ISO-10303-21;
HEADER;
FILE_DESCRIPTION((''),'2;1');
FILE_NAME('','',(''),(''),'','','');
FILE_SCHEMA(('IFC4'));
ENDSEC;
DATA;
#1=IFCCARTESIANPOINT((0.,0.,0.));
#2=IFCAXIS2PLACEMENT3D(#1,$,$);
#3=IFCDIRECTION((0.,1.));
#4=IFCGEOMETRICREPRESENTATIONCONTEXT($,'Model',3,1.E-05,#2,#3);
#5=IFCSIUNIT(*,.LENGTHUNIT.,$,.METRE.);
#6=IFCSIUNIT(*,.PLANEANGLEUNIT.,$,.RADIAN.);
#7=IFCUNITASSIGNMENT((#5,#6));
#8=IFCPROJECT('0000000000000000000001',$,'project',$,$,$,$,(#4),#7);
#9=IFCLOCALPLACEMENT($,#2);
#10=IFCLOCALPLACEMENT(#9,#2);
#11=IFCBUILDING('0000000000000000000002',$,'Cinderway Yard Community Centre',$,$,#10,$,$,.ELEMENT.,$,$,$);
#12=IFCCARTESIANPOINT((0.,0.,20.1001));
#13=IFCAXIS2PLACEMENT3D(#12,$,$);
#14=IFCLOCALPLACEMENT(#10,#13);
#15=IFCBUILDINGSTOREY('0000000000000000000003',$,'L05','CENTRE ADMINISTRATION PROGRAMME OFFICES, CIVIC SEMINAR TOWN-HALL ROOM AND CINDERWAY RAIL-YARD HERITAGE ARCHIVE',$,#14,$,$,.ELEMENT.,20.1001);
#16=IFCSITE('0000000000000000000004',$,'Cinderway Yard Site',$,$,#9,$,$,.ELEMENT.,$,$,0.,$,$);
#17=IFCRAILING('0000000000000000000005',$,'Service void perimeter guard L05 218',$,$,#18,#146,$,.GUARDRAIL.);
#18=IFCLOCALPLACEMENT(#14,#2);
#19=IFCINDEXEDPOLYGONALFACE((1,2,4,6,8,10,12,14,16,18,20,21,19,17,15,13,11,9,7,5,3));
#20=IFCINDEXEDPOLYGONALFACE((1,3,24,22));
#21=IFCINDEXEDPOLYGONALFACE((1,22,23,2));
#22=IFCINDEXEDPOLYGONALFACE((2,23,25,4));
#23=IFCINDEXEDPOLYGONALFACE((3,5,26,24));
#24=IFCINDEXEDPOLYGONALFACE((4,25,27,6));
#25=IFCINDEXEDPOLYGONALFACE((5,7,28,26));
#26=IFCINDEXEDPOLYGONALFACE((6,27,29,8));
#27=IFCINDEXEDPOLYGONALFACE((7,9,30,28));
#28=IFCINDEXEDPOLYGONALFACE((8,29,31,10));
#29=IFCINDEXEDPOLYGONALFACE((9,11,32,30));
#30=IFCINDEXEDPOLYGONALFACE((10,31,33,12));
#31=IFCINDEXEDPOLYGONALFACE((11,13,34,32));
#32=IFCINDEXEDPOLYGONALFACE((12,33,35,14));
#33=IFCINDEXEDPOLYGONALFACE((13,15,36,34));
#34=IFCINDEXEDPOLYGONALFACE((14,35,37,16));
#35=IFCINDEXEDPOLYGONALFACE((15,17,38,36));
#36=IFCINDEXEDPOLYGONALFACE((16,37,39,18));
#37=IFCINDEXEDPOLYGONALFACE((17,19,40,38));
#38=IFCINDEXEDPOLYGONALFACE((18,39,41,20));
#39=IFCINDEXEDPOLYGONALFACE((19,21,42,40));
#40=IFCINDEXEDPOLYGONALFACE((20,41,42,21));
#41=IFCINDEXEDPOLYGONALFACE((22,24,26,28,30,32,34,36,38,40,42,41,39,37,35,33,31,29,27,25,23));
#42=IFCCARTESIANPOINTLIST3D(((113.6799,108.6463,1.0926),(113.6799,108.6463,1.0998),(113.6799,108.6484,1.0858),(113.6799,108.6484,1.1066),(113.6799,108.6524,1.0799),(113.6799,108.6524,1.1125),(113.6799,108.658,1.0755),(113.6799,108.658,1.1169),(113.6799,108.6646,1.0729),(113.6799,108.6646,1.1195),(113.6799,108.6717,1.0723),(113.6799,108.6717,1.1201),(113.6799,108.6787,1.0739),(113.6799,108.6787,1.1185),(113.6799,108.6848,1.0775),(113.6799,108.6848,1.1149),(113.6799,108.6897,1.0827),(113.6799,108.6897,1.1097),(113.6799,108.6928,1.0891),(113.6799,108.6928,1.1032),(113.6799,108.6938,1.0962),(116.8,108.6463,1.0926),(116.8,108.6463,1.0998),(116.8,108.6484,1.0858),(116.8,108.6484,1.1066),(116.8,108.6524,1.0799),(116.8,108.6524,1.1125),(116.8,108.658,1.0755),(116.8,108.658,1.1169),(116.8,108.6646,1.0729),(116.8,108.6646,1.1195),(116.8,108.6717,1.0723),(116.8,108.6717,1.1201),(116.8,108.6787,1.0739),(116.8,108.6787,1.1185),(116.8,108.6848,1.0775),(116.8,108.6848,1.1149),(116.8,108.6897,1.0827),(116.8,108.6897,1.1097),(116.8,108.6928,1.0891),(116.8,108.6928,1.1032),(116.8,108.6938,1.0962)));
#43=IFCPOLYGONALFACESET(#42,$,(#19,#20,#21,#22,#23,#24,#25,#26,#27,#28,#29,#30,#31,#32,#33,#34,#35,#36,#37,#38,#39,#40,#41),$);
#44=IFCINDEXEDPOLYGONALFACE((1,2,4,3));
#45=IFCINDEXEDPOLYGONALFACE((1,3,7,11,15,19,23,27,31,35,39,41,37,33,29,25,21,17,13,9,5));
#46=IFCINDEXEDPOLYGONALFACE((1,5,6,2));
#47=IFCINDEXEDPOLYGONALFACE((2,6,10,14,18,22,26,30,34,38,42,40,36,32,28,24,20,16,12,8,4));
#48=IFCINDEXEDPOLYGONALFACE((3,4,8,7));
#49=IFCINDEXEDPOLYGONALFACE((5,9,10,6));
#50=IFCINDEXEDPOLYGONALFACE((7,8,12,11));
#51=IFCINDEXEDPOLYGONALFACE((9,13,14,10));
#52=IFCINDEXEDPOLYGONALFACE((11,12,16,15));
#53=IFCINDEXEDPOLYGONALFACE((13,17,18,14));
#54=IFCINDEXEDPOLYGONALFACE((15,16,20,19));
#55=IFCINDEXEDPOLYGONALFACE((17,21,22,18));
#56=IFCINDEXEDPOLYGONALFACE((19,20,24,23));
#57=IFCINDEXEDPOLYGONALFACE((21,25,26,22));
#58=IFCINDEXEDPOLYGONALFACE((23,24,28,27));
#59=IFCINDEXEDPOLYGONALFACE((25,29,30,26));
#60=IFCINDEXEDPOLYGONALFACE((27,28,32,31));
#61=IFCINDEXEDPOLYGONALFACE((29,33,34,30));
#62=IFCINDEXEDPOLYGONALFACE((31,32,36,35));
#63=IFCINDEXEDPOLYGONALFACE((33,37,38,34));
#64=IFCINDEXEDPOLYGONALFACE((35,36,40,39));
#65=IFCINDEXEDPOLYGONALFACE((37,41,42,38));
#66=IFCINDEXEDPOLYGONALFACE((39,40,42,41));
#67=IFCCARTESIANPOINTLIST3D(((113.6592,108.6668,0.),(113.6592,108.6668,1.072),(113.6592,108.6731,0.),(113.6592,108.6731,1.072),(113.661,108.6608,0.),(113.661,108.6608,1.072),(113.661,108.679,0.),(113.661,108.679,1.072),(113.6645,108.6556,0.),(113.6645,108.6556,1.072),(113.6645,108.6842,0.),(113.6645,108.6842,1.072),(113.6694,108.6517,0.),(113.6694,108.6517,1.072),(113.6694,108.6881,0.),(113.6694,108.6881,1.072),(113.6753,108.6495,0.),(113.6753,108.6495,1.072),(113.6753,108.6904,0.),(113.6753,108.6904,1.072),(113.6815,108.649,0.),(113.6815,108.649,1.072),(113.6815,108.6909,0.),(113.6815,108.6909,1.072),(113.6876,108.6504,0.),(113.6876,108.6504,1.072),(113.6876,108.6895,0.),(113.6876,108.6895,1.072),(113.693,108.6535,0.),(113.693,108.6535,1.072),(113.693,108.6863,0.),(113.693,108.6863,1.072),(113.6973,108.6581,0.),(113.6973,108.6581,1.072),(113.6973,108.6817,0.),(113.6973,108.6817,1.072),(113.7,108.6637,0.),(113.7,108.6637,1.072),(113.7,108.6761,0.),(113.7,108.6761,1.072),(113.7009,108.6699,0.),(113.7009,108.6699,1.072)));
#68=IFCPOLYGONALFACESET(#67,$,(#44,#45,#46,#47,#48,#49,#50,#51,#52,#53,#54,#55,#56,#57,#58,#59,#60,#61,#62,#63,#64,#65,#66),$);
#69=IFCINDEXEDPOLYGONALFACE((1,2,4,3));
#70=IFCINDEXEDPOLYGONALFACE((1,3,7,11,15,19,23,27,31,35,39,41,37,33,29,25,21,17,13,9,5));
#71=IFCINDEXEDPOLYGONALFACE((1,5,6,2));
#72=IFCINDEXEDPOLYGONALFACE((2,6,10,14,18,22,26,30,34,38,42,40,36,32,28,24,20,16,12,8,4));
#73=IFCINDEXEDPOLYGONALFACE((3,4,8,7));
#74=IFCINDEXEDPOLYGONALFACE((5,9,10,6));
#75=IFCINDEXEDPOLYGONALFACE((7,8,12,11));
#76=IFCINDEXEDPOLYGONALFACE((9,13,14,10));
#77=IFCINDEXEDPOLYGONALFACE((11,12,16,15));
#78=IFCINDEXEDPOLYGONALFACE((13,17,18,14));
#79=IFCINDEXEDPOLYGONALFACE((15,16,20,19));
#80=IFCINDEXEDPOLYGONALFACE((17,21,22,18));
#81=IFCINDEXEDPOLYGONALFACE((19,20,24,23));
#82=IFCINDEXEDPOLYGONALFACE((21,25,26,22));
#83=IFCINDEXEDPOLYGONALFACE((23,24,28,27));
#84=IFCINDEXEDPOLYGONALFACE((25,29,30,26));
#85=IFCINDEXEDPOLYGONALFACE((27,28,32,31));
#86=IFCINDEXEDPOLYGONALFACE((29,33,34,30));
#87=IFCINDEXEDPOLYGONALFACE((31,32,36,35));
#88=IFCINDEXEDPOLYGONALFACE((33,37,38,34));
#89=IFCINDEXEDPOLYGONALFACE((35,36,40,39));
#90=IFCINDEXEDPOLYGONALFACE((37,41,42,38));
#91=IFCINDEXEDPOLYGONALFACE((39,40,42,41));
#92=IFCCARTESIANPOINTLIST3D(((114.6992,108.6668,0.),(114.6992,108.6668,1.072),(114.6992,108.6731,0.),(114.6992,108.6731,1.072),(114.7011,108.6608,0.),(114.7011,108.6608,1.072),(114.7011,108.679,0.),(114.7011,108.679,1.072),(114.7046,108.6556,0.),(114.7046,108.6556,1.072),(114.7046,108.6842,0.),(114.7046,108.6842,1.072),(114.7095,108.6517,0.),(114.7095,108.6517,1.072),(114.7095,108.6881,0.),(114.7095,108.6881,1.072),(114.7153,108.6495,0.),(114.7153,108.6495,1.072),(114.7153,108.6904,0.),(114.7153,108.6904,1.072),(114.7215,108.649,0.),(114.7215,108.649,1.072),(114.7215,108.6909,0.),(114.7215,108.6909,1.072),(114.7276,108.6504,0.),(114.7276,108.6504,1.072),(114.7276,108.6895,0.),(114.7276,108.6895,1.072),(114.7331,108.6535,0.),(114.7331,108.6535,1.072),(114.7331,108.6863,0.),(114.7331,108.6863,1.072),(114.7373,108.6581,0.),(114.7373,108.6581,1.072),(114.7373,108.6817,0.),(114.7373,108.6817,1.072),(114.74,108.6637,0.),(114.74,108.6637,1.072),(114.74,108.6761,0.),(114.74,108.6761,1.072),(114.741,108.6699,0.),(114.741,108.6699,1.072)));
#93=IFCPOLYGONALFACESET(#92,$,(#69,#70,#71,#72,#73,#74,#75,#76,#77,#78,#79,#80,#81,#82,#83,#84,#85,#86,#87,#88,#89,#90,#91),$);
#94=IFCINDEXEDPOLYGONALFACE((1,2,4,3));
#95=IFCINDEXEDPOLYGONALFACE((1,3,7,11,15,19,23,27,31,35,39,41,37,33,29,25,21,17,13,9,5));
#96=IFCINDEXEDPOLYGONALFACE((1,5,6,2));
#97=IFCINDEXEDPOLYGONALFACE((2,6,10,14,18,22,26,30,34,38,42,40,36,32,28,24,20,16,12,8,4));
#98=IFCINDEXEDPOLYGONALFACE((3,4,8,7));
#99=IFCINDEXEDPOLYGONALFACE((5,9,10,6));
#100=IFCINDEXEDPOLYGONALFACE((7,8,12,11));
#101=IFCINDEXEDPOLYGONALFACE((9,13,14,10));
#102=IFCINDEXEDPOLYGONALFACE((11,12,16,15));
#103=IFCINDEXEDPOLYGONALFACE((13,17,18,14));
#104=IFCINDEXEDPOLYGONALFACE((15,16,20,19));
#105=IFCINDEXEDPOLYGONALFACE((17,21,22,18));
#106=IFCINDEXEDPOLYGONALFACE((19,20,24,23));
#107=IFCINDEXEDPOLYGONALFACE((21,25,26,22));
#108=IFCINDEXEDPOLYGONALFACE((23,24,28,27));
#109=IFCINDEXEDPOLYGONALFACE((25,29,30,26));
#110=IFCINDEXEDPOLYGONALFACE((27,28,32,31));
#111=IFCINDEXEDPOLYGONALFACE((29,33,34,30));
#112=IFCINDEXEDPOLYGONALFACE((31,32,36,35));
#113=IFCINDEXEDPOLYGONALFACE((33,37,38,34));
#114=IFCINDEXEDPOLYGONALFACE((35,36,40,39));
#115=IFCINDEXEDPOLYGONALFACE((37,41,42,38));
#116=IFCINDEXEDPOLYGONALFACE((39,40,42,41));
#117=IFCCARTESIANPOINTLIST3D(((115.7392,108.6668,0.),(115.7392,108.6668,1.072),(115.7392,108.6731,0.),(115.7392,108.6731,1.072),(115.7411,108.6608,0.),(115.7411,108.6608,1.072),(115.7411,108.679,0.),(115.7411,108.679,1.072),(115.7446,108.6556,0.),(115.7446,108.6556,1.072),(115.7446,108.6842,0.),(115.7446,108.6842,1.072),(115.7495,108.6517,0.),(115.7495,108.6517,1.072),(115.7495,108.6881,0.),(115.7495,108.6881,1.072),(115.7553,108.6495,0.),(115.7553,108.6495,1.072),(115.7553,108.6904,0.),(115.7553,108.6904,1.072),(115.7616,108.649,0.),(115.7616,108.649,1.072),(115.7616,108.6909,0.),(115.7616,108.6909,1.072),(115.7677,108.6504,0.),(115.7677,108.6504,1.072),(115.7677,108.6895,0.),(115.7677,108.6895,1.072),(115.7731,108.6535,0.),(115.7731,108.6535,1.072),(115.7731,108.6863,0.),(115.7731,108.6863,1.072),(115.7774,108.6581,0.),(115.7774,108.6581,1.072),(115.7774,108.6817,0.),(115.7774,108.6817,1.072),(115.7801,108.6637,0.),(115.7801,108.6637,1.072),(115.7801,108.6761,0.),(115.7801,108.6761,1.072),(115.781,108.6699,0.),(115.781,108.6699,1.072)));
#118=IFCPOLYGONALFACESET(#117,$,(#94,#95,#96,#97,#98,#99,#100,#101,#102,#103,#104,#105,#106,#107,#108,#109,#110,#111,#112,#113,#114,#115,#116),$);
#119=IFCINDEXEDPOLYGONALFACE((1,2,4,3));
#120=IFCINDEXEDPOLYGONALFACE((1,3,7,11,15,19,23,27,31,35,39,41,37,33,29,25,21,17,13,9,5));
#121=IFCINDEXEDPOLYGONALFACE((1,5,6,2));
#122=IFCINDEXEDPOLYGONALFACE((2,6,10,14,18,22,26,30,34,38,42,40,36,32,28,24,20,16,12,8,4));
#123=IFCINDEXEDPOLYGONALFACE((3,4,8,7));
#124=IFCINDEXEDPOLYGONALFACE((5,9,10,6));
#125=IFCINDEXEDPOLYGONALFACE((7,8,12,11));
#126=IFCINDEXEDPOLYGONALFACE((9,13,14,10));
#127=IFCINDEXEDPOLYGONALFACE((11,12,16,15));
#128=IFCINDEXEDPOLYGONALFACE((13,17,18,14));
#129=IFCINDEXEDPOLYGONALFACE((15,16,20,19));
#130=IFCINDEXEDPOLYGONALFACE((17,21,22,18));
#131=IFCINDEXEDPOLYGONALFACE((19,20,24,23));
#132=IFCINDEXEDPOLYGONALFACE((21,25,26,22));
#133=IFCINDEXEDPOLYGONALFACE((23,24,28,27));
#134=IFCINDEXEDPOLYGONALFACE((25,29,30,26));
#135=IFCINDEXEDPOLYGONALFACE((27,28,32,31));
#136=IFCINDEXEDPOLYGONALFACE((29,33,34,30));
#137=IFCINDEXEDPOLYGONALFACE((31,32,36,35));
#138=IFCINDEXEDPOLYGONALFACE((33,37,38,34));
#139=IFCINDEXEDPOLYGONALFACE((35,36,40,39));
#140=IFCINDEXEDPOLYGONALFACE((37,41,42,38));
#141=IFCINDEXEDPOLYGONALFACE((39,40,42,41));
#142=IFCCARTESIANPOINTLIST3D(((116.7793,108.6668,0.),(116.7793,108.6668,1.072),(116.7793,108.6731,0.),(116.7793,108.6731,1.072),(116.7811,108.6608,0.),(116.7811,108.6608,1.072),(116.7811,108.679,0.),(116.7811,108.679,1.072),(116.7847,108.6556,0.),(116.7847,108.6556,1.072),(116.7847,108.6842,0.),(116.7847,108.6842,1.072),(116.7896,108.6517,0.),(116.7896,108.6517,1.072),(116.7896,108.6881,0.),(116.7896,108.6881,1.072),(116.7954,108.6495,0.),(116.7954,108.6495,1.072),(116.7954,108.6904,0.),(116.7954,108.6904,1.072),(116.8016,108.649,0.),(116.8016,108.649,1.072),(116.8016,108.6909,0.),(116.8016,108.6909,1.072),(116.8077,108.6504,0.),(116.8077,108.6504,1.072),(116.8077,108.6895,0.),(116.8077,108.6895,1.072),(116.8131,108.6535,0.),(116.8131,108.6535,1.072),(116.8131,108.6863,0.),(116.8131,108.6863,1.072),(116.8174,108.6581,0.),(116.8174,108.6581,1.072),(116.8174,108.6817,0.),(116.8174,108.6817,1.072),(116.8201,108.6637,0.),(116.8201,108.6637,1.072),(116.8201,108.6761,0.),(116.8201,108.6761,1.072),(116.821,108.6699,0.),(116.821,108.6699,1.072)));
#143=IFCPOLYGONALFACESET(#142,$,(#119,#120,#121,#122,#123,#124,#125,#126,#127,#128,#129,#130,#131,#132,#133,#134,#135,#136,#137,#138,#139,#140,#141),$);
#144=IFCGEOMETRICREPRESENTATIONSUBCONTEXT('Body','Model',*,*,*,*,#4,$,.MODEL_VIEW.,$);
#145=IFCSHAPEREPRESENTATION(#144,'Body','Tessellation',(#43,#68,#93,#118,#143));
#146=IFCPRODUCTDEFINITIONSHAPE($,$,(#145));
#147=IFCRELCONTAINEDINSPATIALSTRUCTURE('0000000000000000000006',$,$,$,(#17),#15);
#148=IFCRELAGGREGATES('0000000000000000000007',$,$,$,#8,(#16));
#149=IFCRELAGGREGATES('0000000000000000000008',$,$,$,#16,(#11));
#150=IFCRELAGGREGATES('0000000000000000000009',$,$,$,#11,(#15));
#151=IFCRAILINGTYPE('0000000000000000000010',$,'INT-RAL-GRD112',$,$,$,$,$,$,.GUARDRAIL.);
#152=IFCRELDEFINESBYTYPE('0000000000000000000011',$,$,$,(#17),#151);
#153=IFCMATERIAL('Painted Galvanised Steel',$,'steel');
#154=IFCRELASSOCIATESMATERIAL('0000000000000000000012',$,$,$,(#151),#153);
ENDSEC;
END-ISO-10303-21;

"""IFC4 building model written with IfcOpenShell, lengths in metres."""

from ifc_helpers import new_model, si_unit, direction, frame, origin, origin_2d, place, context, subcontext, project, spatial, circle, extrude, material, type_object, element, save


model = new_model("IFC4")

# Units and contexts
model_context = context("Model", 3, precision=1e-05, world=origin(), true_north=direction((0.0, 1.0)))
body_context = subcontext(model_context, "Body", "Model", "MODEL_VIEW")
ifc_project = project(units=[si_unit("LENGTHUNIT", "METRE"), si_unit("PLANEANGLEUNIT", "RADIAN")], contexts=[model_context])

# Site, building, storey
site_placement = place(None, origin())
site = spatial("IfcSite", under=ifc_project, at=site_placement, Name="Cinderway Yard Site", CompositionType="ELEMENT", RefElevation=0.0)
building_placement = place(site_placement, origin())
building = spatial("IfcBuilding", under=site, at=building_placement, Name="Cinderway Yard Community Centre", CompositionType="ELEMENT")
storey_placement = place(building_placement, frame((0.0, 0.0, 20.1001)))
storey = spatial("IfcBuildingStorey", under=building, at=storey_placement, Name="L05", Description="CENTRE ADMINISTRATION PROGRAMME OFFICES, CIVIC SEMINAR TOWN-HALL ROOM AND CINDERWAY RAIL-YARD HERITAGE ARCHIVE", CompositionType="ELEMENT", Elevation=20.1001)

# Railing
ifc_material_1 = material(Name="Painted Galvanised Steel", Category="steel")
railing_type = type_object("IfcRailingType", Name="INT-RAL-GRD112", PredefinedType="GUARDRAIL", material=ifc_material_1)
railing_1_placement = place(storey_placement, frame((113.6799, 108.6699, 0.0)))
element("IfcRailing", 1, at=railing_1_placement, inside=storey, type_object=railing_type, Name="Service void perimeter guard L05 218", PredefinedType="GUARDRAIL", context=body_context, shape_type="SweptSolid", body=[
    extrude(circle(Radius=0.0239, at=origin_2d()), frame((0.0, 0.0, 1.0962), z_axis=(1.0, 0.0, 0.0), x_axis=(0.0, 1.0, 0.0)), (0.0, 0.0, 1.0), 3.1201),
    extrude(circle(Radius=0.021, at=origin_2d()), origin(), (0.0, 0.0, 1.0), 1.072),
    extrude(circle(Radius=0.021, at=origin_2d()), frame((1.04, 0.0, 0.0)), (0.0, 0.0, 1.0), 1.072),
    extrude(circle(Radius=0.021, at=origin_2d()), frame((2.0801, 0.0, 0.0)), (0.0, 0.0, 1.0), 1.072),
    extrude(circle(Radius=0.021, at=origin_2d()), frame((3.1201, 0.0, 0.0)), (0.0, 0.0, 1.0), 1.072),
])

save(model, "model.ifc")
